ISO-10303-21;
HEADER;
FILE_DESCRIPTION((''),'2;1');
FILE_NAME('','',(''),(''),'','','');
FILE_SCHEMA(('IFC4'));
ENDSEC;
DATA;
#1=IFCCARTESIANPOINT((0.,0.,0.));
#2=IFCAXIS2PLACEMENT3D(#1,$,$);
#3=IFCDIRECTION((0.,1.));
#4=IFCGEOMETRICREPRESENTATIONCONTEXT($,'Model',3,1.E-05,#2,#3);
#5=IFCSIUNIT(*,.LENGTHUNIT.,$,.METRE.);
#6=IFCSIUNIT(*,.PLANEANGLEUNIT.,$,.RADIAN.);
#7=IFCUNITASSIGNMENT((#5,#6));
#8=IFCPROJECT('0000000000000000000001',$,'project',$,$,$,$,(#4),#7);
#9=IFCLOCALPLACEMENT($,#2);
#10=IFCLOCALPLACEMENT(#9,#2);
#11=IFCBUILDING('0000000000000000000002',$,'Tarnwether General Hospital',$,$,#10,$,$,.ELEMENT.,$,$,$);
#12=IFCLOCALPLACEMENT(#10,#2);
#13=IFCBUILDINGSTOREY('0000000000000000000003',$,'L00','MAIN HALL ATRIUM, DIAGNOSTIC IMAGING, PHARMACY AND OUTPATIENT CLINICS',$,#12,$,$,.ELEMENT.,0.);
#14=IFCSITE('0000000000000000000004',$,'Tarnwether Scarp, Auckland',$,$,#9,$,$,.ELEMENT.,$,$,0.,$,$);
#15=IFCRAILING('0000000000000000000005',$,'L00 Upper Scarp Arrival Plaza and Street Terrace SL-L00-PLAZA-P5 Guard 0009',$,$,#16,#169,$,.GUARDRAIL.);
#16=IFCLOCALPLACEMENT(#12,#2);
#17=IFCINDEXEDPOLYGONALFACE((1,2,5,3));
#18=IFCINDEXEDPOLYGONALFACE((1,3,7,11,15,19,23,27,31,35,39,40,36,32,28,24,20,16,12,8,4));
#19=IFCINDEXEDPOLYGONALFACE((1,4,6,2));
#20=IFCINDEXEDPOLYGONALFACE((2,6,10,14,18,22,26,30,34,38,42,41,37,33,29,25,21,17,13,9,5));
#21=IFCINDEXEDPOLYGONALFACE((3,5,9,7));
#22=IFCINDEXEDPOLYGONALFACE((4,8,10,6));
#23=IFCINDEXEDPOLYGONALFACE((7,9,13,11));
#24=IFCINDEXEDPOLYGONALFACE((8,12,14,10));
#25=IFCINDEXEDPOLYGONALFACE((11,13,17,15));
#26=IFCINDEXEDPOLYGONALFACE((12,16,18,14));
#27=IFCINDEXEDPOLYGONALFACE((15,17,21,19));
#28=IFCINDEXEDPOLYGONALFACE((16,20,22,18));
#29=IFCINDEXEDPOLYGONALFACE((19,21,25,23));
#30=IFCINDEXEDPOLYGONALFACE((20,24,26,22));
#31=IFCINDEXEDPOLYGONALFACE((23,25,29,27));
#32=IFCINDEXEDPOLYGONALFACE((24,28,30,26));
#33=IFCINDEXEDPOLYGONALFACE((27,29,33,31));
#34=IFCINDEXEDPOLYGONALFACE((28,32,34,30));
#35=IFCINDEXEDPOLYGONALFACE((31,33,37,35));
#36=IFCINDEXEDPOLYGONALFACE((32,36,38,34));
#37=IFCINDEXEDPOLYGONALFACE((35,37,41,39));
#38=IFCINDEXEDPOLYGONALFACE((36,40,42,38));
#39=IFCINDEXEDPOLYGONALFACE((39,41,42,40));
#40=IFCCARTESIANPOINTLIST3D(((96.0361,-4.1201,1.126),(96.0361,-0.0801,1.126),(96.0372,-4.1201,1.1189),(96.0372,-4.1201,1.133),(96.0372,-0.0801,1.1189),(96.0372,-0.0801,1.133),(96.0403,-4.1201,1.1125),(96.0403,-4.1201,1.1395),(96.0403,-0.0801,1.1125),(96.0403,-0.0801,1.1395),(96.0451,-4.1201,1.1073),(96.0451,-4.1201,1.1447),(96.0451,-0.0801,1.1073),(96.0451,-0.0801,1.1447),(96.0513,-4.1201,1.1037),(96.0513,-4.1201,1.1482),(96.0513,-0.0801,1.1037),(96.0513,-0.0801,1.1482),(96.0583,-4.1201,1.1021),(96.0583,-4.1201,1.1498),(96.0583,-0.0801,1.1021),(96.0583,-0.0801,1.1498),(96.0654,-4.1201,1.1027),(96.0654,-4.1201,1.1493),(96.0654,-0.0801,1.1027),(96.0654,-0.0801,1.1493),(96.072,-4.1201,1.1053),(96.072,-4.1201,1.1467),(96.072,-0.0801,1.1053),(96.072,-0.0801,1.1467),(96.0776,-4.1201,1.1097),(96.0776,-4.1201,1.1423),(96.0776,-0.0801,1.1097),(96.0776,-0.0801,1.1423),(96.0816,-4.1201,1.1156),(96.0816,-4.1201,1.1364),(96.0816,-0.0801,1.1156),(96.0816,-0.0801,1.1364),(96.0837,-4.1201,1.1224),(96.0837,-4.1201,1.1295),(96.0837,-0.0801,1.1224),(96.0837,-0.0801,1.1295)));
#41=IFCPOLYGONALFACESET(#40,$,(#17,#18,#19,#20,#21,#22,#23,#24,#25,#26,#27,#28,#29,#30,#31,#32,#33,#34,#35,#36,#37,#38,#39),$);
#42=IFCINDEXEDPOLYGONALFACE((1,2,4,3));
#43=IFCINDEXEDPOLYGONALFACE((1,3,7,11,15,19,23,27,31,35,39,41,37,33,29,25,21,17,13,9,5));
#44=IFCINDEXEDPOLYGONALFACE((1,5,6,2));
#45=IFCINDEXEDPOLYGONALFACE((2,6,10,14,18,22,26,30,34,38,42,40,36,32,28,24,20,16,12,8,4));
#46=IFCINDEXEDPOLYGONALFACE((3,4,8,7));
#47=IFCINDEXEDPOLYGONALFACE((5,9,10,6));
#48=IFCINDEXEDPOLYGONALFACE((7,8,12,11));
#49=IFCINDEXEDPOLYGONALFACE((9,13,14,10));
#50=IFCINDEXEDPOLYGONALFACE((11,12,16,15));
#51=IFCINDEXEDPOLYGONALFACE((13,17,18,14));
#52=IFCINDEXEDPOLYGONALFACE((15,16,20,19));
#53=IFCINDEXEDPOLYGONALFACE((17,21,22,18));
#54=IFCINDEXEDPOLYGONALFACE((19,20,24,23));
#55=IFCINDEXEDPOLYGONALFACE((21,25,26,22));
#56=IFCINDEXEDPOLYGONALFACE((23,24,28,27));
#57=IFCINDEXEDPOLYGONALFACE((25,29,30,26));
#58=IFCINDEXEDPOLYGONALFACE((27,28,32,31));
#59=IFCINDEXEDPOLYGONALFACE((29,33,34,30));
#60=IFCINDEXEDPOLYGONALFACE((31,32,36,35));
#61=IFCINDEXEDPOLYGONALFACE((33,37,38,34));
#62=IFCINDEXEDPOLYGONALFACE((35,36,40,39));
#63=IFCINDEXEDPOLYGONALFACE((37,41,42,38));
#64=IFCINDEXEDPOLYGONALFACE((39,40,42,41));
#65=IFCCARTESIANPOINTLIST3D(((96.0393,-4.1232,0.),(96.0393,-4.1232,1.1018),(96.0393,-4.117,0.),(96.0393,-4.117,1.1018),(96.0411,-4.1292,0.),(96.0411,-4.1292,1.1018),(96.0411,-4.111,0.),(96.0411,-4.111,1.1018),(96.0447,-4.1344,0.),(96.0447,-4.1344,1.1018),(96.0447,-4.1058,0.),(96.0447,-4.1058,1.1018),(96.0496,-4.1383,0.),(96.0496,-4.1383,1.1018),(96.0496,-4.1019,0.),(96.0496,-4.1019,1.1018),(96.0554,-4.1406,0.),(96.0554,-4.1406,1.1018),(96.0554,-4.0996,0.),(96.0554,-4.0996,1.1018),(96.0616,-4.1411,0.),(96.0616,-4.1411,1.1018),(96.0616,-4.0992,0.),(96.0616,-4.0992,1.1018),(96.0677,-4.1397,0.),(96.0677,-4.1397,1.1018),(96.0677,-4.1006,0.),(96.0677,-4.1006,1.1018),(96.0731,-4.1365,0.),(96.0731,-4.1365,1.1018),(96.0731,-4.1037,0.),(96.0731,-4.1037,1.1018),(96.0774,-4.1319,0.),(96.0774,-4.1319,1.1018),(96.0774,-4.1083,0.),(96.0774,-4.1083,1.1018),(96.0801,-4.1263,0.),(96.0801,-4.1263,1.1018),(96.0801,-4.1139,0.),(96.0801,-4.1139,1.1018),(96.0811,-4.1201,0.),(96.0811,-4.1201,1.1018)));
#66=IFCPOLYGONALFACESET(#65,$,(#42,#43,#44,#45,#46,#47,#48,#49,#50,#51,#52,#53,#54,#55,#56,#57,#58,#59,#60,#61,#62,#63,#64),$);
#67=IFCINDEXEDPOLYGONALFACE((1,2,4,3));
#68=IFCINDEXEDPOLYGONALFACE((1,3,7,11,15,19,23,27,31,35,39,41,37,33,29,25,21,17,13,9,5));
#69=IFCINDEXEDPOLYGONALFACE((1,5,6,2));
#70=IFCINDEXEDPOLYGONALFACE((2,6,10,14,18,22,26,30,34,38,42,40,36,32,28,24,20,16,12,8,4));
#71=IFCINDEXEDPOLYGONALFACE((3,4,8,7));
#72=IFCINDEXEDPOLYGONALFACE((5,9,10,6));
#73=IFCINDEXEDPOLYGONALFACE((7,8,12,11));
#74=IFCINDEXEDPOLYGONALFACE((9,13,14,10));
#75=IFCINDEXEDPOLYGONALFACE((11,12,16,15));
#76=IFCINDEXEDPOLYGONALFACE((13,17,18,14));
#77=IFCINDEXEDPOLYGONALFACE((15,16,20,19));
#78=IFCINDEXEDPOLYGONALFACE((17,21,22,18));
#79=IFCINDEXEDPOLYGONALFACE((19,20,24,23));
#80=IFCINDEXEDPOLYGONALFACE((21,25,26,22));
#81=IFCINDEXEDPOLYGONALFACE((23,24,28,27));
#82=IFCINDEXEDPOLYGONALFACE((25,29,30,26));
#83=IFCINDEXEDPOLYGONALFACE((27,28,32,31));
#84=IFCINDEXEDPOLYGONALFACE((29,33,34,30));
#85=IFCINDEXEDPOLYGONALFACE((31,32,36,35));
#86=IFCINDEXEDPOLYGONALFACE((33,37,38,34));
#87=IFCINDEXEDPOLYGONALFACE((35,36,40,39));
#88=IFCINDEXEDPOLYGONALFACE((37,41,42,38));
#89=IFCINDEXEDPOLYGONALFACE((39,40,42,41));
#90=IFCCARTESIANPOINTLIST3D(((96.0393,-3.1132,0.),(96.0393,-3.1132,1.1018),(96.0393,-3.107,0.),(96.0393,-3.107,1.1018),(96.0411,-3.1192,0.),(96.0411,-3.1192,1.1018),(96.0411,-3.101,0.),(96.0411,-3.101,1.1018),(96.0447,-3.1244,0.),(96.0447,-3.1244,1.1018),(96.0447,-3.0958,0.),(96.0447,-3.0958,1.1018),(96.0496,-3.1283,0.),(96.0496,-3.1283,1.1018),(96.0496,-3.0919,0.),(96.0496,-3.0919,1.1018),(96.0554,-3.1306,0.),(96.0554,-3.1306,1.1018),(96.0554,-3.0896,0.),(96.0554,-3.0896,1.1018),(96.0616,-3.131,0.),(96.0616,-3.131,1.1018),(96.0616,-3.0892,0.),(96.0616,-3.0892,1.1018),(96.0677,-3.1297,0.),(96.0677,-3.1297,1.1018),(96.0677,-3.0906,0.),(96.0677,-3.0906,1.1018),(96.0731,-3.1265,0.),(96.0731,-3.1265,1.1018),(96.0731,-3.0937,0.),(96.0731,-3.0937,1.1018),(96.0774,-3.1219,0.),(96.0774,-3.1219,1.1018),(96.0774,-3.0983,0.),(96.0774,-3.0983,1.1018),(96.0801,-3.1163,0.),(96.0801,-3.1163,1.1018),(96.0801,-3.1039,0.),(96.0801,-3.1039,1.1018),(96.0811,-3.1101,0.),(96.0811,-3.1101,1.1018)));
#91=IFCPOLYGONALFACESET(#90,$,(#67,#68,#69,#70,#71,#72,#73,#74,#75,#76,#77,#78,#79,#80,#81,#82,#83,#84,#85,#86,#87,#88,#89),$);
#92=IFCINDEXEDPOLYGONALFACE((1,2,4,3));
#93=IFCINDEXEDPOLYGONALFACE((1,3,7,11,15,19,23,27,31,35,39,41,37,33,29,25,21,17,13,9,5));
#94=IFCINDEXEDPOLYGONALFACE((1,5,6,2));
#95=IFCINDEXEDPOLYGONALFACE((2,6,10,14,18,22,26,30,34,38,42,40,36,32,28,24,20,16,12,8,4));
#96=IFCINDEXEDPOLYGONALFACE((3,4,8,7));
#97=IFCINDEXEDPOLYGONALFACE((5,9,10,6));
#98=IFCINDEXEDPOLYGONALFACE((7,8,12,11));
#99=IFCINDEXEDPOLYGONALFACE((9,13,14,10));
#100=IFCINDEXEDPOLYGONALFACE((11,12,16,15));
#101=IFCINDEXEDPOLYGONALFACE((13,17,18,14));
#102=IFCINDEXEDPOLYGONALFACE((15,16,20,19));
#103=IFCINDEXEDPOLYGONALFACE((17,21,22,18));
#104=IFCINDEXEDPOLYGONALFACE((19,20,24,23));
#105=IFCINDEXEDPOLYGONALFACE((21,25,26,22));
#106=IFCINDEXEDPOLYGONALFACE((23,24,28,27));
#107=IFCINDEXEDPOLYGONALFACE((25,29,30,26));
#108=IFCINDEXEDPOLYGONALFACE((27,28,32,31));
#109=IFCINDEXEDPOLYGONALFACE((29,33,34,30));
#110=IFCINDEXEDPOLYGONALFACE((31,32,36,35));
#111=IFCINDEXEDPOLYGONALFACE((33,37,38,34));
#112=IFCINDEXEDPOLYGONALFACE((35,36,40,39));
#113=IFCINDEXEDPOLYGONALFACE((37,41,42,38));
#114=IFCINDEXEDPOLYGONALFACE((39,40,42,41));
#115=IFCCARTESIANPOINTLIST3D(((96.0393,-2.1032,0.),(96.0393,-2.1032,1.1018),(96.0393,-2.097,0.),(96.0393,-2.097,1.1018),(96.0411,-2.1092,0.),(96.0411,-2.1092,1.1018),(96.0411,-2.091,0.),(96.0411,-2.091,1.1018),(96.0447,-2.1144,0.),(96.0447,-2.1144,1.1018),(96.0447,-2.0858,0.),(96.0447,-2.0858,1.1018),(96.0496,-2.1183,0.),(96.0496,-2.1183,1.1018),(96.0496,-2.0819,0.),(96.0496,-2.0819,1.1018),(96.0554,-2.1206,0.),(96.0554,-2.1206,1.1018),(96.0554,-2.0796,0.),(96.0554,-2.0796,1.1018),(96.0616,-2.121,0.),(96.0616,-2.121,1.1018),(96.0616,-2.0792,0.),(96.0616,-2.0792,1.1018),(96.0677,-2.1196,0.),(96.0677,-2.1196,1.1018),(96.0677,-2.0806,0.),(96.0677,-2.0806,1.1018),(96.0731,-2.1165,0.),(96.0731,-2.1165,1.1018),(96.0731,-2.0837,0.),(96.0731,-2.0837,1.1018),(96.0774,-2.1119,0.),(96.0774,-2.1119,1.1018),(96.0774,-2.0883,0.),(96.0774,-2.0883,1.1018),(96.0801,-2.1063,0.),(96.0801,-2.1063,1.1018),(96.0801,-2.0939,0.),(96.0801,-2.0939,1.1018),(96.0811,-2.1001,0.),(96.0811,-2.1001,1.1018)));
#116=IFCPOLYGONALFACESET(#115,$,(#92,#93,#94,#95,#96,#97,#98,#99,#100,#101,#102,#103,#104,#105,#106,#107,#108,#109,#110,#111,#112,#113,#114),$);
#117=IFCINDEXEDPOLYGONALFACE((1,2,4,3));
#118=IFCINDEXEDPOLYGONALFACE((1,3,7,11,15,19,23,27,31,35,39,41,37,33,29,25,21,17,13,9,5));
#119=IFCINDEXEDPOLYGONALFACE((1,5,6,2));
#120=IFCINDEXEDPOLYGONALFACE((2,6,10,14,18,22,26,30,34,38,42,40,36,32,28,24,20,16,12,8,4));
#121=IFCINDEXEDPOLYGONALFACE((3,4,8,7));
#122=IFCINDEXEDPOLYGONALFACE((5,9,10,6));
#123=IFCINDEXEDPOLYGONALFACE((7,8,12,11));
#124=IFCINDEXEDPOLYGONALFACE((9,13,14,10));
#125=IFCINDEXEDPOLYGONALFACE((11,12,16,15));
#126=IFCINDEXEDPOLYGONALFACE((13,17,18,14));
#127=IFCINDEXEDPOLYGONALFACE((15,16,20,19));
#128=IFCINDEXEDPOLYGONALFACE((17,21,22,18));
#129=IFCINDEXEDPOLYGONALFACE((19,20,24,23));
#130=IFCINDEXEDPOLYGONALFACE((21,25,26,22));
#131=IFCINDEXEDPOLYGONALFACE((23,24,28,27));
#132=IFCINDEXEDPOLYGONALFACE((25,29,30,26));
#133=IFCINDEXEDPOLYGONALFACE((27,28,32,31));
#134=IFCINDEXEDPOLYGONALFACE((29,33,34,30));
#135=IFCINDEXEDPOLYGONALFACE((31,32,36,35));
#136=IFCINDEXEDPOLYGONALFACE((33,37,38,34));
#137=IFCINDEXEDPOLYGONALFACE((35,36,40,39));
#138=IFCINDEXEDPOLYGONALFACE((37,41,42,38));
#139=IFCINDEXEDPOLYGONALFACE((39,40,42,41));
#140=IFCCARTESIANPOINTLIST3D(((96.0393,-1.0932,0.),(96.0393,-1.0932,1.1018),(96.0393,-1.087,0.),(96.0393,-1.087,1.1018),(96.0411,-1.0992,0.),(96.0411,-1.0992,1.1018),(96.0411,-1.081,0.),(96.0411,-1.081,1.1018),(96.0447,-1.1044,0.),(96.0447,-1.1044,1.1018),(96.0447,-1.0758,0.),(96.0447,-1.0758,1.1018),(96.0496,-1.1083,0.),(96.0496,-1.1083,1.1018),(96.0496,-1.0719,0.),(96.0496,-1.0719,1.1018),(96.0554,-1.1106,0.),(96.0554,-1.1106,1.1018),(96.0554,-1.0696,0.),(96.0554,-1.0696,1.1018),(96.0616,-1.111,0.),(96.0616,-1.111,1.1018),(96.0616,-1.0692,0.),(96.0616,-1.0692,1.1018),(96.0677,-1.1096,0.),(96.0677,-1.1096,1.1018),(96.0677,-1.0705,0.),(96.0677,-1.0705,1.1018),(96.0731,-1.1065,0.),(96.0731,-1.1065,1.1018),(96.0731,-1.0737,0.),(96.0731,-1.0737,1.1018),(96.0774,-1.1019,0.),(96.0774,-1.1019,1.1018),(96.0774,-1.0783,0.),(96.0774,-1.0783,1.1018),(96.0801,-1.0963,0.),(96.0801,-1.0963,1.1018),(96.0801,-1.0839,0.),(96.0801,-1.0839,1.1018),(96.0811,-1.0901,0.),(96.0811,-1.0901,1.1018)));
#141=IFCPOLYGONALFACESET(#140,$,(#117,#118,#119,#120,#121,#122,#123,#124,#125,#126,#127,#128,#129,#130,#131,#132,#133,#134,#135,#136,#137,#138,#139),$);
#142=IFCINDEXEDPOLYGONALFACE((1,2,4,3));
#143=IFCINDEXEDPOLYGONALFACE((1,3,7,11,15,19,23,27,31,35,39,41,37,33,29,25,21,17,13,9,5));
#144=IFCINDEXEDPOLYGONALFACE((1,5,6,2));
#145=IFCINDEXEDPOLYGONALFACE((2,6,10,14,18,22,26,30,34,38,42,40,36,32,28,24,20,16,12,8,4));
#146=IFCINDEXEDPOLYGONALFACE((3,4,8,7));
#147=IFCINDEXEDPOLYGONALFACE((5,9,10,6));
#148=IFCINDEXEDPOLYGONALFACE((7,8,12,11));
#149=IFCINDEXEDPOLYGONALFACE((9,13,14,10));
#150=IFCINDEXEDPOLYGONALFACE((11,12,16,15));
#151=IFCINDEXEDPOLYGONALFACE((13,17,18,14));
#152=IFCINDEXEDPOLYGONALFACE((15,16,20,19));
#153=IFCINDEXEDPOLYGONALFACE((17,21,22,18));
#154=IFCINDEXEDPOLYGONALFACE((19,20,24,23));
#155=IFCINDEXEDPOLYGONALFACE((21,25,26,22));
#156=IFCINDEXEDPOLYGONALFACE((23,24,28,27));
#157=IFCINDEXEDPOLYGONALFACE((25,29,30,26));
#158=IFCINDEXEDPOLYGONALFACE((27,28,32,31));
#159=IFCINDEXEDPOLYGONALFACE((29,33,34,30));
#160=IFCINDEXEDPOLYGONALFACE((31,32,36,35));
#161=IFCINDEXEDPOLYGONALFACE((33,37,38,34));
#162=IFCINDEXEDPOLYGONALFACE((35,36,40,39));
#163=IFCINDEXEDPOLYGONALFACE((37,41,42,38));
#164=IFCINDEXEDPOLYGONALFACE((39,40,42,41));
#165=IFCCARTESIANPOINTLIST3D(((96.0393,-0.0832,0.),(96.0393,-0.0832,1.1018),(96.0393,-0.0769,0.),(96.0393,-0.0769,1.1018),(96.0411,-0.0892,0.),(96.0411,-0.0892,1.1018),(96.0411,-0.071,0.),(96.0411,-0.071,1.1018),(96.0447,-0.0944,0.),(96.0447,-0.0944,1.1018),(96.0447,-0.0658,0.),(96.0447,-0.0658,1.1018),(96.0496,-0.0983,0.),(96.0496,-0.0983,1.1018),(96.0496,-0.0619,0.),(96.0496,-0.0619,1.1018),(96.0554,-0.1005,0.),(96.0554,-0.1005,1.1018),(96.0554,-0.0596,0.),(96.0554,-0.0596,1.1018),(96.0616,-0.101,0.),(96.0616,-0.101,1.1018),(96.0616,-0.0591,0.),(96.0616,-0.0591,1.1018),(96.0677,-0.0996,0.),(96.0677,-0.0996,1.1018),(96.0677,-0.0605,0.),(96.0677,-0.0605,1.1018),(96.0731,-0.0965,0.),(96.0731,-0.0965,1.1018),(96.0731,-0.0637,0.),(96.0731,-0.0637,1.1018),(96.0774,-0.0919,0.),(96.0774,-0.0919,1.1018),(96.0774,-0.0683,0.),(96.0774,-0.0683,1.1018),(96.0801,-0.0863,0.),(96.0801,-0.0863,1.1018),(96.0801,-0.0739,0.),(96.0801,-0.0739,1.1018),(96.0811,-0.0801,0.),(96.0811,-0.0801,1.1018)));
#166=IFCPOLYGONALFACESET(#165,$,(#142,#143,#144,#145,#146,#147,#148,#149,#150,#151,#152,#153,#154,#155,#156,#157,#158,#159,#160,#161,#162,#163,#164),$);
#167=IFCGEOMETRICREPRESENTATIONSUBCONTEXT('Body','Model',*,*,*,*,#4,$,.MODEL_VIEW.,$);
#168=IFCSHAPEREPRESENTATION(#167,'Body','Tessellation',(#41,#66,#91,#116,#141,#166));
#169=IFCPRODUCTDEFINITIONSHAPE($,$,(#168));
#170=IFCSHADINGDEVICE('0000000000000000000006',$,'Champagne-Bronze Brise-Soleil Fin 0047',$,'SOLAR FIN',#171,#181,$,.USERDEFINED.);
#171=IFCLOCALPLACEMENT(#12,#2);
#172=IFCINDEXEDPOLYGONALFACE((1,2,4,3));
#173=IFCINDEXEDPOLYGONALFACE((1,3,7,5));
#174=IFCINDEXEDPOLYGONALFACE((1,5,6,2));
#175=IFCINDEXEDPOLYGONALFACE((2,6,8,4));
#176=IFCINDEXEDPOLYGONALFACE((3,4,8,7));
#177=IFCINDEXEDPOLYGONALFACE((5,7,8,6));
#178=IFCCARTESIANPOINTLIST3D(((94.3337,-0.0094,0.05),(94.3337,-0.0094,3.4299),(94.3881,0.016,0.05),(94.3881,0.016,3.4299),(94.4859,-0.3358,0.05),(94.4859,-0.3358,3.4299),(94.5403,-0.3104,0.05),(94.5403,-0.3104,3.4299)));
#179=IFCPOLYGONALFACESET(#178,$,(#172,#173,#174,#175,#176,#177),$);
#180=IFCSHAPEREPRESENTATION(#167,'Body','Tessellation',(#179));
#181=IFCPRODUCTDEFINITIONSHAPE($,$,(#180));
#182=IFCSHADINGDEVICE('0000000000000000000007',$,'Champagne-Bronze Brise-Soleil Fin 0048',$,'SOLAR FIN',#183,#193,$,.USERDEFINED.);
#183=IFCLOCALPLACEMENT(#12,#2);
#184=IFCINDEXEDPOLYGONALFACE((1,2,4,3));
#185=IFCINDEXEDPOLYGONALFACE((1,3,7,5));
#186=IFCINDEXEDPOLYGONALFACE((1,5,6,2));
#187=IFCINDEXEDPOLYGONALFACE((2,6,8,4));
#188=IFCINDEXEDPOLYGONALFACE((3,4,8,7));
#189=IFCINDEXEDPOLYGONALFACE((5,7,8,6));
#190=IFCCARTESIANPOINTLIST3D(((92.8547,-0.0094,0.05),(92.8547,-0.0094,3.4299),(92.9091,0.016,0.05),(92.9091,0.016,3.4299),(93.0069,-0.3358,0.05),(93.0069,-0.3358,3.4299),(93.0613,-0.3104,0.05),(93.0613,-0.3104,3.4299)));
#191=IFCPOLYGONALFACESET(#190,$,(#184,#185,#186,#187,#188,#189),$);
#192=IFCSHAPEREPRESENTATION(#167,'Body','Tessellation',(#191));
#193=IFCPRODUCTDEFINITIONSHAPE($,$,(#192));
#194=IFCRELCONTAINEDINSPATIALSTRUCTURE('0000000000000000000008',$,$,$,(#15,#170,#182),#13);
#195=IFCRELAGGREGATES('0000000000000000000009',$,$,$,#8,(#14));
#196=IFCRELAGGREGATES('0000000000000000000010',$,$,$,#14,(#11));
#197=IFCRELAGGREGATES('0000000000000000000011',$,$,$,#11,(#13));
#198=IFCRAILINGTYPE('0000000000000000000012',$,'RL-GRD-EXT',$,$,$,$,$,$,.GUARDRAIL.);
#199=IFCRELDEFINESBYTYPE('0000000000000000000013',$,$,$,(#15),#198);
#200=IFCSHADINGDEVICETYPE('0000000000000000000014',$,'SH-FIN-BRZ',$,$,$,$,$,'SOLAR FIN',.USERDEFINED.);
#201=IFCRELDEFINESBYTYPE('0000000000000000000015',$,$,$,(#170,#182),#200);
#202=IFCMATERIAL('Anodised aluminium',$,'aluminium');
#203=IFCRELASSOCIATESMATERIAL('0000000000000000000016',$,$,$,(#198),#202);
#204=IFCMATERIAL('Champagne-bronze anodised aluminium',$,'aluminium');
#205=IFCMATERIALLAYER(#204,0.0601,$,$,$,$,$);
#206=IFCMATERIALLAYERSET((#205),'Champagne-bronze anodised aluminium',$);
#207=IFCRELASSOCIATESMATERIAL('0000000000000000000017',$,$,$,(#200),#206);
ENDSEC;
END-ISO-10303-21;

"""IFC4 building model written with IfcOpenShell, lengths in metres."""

from ifc_helpers import new_model, si_unit, direction, frame, origin, origin_2d, place, context, subcontext, project, spatial, rectangle, circle, extrude, material, layer, layer_set, type_object, element, save


model = new_model("IFC4")

# Units and contexts
model_context = context("Model", 3, precision=1e-05, world=origin(), true_north=direction((0.0, 1.0)))
body_context = subcontext(model_context, "Body", "Model", "MODEL_VIEW")
ifc_project = project(units=[si_unit("LENGTHUNIT", "METRE"), si_unit("PLANEANGLEUNIT", "RADIAN")], contexts=[model_context])

# Site, building, storey
site_placement = place(None, origin())
site = spatial("IfcSite", under=ifc_project, at=site_placement, Name="Tarnwether Scarp, Auckland", CompositionType="ELEMENT", RefElevation=0.0)
building_placement = place(site_placement, origin())
building = spatial("IfcBuilding", under=site, at=building_placement, Name="Tarnwether General Hospital", CompositionType="ELEMENT")
storey_placement = place(building_placement, origin())
storey = spatial("IfcBuildingStorey", under=building, at=storey_placement, Name="L00", Description="MAIN HALL ATRIUM, DIAGNOSTIC IMAGING, PHARMACY AND OUTPATIENT CLINICS", CompositionType="ELEMENT", Elevation=0.0)

# Railing
ifc_material_1 = material(Name="Anodised aluminium", Category="aluminium")
railing_type = type_object("IfcRailingType", Name="RL-GRD-EXT", PredefinedType="GUARDRAIL", material=ifc_material_1)
railing_placement = place(storey_placement, frame((96.0601, -4.1201, 0.0)))
element("IfcRailing", 1, at=railing_placement, inside=storey, type_object=railing_type, Name="L00 Upper Scarp Arrival Plaza and Street Terrace SL-L00-PLAZA-P5 Guard 0009", PredefinedType="GUARDRAIL", context=body_context, shape_type="SweptSolid", body=[
    extrude(circle(Radius=0.0239, at=origin_2d()), frame((0.0, 0.0, 1.126), z_axis=(0.0, 1.0, 0.0), x_axis=(-1.0, 0.0, 0.0)), (0.0, 0.0, 1.0), 4.04),
    extrude(circle(Radius=0.021, at=origin_2d()), origin(), (0.0, 0.0, 1.0), 1.1018),
    extrude(circle(Radius=0.021, at=origin_2d()), frame((0.0, 1.01, 0.0)), (0.0, 0.0, 1.0), 1.1018),
    extrude(circle(Radius=0.021, at=origin_2d()), frame((0.0, 2.02, 0.0)), (0.0, 0.0, 1.0), 1.1018),
    extrude(circle(Radius=0.021, at=origin_2d()), frame((0.0, 3.03, 0.0)), (0.0, 0.0, 1.0), 1.1018),
    extrude(circle(Radius=0.021, at=origin_2d()), frame((0.0, 4.04, 0.0)), (0.0, 0.0, 1.0), 1.1018),
])

# Shading devices
ifc_material_2 = material(Name="Champagne-bronze anodised aluminium", Category="aluminium")
ifc_layer_1 = layer(ifc_material_2, 0.0601)
ifc_layer_set_1 = layer_set([ifc_layer_1], Name="Champagne-bronze anodised aluminium")
shading_device_type = type_object("IfcShadingDeviceType", Name="SH-FIN-BRZ", ElementType="SOLAR FIN", PredefinedType="USERDEFINED", material=ifc_layer_set_1)
for number, where, z_axis, x_axis, name in (
    (2, (94.437, -0.1599, 0.05), (0.0, 0.0, 1.0), (-0.906308, -0.422618, 0.0), "Champagne-Bronze Brise-Soleil Fin 0047"),
    (3, (92.958, -0.1599, 0.05), (0.0, 0.0, 1.0), (-0.906308, -0.422618, 0.0), "Champagne-Bronze Brise-Soleil Fin 0048"),
):
    element("IfcShadingDevice", number, at=place(storey_placement, frame(where, z_axis=z_axis, x_axis=x_axis)), inside=storey, type_object=shading_device_type, Name=name, ObjectType="SOLAR FIN", PredefinedType="USERDEFINED", context=body_context, shape_type="SweptSolid", body=[
        extrude(rectangle(XDim=0.0601, YDim=0.3601, at=origin_2d()), origin(), (0.0, 0.0, 1.0), 3.3799),
    ])

save(model, "model.ifc")
